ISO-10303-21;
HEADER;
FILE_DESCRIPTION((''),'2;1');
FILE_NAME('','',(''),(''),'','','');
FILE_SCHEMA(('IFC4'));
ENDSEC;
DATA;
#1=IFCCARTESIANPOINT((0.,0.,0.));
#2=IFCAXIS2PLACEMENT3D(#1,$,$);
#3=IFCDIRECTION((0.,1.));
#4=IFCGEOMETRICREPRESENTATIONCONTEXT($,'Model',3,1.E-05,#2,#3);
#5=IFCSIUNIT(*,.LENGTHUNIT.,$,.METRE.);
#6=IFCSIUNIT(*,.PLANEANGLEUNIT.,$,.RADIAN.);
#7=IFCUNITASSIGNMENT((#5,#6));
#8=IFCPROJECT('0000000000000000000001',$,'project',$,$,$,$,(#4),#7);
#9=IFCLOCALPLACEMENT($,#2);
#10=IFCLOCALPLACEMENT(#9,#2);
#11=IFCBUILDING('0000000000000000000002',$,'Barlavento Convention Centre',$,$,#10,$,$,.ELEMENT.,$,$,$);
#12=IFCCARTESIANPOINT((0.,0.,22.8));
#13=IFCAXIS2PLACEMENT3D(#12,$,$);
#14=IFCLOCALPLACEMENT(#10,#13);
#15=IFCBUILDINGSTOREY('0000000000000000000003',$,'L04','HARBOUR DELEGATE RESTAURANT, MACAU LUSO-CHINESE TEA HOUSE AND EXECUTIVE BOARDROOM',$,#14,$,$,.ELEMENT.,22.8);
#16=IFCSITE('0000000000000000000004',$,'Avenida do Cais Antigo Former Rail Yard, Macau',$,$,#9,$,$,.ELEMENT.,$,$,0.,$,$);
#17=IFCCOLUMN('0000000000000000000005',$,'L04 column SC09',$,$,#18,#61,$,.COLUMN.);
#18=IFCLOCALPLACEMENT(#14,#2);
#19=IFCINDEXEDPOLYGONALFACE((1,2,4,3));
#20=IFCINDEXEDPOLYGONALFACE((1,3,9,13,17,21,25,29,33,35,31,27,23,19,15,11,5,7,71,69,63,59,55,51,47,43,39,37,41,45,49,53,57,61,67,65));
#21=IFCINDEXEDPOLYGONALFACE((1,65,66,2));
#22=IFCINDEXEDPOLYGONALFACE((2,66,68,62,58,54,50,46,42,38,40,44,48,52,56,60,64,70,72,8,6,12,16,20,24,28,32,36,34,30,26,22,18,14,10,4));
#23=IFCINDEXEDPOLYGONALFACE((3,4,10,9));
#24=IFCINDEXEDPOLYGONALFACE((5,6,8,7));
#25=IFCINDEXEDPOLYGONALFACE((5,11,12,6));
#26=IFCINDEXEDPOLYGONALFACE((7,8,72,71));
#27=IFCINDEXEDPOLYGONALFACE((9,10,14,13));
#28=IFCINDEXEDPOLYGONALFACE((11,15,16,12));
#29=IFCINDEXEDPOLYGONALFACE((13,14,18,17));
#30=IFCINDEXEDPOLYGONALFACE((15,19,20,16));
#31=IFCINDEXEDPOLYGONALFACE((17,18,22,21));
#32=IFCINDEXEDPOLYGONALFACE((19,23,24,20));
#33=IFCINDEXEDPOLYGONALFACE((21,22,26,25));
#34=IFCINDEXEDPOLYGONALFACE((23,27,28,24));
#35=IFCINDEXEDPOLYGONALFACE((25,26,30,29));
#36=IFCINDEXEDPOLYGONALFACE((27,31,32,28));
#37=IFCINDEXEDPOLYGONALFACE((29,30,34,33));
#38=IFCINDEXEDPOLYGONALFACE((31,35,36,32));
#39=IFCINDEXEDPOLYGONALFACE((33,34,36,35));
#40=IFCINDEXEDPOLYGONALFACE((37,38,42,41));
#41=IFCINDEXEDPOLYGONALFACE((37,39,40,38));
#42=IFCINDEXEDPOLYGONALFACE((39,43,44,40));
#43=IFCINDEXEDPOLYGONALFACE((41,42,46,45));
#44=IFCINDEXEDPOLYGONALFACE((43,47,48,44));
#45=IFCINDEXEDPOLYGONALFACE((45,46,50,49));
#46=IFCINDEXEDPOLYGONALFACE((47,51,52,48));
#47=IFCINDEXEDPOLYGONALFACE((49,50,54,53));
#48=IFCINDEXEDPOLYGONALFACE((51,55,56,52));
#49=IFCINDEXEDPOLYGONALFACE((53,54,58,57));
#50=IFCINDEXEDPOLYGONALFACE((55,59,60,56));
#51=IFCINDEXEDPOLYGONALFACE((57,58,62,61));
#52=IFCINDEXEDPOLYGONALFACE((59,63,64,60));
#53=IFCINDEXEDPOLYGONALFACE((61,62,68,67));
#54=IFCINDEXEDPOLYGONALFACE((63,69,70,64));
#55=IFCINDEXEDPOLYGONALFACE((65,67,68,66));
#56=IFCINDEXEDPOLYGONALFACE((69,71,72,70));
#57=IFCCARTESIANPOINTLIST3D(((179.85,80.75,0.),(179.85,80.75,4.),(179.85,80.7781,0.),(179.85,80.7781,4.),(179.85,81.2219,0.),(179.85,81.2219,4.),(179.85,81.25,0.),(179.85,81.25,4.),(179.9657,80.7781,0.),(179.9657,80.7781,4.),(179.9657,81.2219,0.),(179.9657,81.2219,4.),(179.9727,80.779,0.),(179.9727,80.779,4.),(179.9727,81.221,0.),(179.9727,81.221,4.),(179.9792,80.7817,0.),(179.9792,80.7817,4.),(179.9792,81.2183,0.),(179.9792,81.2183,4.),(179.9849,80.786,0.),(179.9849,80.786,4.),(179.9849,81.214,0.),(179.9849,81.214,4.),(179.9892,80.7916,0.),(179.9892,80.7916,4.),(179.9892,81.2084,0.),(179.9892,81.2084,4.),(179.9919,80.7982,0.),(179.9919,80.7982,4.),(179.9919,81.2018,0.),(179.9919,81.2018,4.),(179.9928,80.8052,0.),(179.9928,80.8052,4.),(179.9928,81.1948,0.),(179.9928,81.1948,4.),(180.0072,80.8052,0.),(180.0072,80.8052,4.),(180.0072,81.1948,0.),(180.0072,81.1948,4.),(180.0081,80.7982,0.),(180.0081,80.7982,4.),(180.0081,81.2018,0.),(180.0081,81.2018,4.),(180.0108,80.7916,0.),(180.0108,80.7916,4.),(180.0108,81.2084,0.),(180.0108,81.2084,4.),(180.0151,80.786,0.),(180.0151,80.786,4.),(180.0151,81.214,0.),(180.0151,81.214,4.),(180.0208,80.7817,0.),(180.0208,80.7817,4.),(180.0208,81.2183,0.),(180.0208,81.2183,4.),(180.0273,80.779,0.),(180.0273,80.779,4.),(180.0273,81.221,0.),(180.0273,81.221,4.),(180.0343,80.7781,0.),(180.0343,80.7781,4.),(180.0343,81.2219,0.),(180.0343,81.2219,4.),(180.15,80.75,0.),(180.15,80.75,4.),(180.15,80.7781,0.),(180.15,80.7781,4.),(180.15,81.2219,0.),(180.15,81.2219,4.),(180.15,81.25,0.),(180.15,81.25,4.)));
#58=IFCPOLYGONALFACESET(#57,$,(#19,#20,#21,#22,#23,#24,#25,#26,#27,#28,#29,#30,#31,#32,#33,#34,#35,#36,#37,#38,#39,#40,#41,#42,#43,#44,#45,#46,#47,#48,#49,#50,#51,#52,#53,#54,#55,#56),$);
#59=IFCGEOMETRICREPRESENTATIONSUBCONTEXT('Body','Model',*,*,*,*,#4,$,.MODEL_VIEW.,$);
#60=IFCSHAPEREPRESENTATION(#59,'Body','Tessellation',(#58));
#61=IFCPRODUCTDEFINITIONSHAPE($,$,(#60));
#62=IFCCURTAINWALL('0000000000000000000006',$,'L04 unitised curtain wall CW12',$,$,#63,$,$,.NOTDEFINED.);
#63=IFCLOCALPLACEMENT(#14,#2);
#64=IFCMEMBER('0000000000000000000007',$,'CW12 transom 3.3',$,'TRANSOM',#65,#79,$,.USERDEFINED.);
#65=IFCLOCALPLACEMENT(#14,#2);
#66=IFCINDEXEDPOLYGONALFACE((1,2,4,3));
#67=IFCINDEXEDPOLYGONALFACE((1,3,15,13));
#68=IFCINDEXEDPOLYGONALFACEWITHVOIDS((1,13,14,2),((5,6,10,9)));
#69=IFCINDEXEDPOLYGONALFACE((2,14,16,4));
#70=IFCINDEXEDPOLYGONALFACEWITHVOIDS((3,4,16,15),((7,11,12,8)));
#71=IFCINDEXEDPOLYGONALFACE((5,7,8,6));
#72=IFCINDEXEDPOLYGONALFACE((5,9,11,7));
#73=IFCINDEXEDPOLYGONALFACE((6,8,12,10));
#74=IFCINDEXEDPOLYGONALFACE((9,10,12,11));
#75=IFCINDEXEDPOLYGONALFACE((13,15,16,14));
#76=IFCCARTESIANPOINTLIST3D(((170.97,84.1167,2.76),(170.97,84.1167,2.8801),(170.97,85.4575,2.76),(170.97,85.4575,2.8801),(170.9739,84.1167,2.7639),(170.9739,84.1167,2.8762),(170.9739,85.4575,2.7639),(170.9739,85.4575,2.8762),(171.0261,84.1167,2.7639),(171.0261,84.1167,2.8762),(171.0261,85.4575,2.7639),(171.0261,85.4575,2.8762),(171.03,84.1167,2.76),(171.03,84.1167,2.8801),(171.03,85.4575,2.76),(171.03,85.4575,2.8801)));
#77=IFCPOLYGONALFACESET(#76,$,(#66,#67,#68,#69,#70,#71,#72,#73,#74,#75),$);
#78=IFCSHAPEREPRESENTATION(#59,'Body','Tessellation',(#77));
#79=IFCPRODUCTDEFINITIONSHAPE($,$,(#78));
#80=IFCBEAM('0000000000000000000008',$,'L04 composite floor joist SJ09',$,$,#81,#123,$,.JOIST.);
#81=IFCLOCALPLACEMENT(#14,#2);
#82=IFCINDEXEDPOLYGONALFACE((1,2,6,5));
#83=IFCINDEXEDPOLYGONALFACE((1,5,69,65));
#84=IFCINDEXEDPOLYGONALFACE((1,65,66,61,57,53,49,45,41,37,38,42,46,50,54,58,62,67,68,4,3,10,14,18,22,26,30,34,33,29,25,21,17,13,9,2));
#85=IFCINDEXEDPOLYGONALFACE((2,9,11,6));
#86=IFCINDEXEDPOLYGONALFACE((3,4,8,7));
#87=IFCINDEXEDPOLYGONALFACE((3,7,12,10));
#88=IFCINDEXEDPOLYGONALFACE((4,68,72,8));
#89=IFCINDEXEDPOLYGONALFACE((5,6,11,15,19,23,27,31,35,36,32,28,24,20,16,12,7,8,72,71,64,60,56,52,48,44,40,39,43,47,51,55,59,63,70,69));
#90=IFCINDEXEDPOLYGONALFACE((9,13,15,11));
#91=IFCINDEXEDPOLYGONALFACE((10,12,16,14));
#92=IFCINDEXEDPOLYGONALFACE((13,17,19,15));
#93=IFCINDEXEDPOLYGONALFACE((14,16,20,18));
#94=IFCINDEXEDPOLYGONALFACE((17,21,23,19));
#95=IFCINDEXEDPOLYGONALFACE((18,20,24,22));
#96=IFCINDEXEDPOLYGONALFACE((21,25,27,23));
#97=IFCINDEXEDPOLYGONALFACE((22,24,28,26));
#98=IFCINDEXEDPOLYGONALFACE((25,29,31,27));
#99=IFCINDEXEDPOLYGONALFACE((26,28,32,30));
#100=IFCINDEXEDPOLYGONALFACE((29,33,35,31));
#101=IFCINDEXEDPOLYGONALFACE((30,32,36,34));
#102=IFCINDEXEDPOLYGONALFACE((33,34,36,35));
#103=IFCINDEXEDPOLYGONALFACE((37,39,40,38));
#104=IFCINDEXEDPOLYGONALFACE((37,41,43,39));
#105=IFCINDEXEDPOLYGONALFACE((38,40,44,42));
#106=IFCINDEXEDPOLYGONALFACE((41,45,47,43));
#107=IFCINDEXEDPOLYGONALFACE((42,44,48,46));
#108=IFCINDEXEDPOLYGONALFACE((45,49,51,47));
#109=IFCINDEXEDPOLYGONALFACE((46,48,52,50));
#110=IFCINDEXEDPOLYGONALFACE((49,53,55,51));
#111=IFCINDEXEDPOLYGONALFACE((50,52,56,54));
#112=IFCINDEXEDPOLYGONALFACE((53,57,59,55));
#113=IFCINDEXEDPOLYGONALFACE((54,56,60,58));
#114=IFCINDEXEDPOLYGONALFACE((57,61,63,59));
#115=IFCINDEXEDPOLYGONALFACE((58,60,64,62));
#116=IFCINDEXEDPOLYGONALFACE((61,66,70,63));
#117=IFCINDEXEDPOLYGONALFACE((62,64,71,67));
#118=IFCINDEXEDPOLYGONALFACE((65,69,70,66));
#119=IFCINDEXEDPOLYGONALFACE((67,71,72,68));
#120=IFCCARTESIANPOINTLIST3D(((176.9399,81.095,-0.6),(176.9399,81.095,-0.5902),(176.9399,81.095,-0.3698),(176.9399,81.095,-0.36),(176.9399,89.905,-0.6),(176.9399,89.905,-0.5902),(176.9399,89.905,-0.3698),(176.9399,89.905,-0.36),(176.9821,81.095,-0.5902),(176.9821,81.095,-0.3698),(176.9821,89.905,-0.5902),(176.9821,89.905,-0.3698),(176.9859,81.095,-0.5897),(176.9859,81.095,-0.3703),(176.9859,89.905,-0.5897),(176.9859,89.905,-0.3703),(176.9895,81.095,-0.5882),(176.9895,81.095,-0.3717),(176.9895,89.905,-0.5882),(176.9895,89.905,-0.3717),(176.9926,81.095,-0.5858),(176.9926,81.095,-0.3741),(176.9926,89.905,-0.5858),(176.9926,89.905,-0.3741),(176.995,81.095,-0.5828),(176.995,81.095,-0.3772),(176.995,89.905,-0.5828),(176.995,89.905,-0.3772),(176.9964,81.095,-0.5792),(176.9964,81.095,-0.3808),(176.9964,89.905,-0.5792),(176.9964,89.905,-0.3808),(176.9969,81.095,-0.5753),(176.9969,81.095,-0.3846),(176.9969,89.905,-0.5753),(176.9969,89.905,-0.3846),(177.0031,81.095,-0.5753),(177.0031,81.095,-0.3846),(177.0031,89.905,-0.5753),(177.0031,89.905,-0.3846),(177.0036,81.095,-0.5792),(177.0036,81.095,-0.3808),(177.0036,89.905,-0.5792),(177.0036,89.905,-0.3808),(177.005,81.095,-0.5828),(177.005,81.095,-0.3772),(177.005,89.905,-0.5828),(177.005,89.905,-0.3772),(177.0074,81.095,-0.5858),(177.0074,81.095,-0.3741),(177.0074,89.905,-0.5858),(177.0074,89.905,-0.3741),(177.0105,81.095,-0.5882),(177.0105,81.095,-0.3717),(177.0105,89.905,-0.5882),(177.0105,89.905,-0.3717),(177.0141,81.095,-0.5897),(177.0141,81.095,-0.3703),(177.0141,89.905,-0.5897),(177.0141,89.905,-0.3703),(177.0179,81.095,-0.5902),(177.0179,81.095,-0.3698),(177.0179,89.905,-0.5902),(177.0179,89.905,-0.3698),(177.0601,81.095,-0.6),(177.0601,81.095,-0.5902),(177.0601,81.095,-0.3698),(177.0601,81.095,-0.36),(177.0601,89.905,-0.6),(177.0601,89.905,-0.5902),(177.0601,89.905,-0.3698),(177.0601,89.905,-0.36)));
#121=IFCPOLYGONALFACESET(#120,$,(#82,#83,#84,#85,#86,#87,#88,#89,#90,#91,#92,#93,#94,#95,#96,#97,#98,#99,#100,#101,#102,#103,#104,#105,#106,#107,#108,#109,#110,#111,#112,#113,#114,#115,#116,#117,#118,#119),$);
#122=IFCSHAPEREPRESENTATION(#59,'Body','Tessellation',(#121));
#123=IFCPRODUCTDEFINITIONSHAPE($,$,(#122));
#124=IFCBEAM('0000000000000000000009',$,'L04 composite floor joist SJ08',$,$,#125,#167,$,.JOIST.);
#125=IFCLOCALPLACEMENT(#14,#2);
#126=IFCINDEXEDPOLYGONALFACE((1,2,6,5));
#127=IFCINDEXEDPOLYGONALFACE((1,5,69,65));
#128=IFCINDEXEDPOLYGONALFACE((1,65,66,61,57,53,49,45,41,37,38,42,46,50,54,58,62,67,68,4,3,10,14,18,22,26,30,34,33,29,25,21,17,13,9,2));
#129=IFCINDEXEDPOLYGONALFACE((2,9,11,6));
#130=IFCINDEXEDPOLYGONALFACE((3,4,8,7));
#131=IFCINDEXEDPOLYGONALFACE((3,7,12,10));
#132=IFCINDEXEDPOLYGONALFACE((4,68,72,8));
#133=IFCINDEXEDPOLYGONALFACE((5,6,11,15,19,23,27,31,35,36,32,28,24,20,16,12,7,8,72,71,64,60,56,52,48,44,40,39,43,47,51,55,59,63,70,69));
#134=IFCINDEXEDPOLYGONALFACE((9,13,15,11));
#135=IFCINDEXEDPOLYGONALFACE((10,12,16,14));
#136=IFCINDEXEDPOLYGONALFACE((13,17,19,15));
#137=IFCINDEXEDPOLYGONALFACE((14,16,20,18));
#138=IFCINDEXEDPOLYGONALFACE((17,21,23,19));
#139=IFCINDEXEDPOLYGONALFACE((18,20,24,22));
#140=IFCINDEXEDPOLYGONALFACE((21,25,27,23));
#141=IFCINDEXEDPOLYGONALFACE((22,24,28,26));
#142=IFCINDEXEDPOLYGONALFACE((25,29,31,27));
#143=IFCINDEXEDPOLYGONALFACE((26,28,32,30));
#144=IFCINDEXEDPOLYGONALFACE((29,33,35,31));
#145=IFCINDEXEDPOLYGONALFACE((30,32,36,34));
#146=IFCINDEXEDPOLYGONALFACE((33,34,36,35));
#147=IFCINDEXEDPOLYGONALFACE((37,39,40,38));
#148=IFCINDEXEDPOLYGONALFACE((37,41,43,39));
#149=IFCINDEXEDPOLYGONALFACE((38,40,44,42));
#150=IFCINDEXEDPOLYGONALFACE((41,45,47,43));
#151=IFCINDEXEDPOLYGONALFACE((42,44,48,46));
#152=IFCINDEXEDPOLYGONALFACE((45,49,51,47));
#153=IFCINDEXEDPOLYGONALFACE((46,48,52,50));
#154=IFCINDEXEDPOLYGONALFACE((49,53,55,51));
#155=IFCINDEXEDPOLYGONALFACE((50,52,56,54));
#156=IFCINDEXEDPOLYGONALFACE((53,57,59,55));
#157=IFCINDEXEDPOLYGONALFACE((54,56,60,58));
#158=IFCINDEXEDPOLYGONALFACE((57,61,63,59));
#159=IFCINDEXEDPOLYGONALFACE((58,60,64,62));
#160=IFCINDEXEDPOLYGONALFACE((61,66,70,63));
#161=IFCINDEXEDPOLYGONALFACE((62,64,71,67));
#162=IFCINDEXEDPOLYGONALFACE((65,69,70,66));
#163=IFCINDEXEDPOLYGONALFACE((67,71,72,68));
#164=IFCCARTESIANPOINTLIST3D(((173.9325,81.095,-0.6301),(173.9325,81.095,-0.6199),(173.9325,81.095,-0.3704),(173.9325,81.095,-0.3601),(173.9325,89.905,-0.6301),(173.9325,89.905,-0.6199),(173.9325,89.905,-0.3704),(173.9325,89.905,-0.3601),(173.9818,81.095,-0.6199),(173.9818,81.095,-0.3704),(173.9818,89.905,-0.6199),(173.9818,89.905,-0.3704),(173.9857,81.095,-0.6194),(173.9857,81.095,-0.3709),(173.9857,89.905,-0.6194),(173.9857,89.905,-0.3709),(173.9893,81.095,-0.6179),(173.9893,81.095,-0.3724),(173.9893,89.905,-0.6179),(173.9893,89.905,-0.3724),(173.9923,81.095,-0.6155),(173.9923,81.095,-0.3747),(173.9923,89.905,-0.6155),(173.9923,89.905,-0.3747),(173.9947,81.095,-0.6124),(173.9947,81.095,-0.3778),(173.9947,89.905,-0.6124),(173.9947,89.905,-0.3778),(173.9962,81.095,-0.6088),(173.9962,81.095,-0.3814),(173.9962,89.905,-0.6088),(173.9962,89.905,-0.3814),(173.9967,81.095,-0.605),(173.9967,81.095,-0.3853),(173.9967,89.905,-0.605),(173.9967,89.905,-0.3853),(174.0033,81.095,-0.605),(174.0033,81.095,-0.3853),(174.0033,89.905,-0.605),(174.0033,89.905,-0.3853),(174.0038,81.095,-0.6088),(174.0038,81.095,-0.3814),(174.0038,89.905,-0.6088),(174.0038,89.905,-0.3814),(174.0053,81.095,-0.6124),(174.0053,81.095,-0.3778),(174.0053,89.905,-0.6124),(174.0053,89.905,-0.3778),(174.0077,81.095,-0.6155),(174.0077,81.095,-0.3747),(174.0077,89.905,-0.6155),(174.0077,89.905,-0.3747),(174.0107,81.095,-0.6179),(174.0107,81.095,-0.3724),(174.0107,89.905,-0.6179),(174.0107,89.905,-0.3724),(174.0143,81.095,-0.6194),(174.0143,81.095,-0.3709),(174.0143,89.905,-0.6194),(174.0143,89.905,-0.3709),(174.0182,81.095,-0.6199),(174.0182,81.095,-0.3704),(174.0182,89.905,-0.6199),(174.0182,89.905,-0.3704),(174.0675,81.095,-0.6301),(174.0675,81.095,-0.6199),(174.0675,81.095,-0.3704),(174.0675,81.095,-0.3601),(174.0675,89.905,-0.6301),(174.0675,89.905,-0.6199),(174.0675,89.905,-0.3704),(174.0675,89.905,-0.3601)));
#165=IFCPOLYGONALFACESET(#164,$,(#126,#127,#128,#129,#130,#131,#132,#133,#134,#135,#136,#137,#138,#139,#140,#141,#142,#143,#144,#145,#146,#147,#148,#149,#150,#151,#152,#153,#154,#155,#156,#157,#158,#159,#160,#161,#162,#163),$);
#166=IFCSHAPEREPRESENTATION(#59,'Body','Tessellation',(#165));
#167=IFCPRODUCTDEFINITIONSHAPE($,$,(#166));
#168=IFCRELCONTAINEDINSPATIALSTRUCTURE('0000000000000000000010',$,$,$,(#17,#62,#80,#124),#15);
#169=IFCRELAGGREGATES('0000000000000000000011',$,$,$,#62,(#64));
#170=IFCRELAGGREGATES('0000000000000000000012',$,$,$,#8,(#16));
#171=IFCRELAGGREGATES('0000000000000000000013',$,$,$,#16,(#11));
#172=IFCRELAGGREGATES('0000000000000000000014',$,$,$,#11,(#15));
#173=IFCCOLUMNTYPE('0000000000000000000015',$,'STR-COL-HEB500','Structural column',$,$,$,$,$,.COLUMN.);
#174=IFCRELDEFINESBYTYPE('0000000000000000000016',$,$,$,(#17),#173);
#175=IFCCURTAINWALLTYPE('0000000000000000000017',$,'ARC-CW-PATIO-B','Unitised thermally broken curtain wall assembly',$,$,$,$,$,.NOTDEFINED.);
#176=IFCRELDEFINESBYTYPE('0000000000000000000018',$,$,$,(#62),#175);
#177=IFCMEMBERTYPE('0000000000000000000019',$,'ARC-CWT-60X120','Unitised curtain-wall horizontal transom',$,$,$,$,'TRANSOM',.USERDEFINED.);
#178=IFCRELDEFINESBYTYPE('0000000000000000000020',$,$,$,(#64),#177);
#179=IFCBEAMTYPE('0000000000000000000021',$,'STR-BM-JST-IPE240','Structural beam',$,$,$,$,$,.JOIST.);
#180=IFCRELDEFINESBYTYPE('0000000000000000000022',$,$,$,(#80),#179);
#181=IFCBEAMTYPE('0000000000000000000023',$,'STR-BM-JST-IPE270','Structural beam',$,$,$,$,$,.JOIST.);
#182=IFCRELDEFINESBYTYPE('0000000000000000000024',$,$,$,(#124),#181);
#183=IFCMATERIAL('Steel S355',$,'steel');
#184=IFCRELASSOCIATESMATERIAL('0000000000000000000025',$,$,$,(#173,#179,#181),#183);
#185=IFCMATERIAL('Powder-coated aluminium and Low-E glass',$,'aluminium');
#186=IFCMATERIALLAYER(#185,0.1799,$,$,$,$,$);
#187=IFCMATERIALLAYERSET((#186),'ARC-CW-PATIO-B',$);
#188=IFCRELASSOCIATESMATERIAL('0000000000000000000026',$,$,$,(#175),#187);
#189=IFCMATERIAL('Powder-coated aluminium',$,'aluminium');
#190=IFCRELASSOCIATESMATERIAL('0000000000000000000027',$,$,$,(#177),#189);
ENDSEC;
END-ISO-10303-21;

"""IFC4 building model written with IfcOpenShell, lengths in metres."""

from ifc_helpers import new_model, si_unit, direction, frame, origin, origin_2d, place, context, subcontext, project, spatial, hollow_rectangle, i_section, extrude, material, layer, layer_set, material_profile, profile_set, type_object, element, aggregate, save


model = new_model("IFC4")

# Units and contexts
model_context = context("Model", 3, precision=1e-05, world=origin(), true_north=direction((0.0, 1.0)))
body_context = subcontext(model_context, "Body", "Model", "MODEL_VIEW")
ifc_project = project(units=[si_unit("LENGTHUNIT", "METRE"), si_unit("PLANEANGLEUNIT", "RADIAN")], contexts=[model_context])

# Site, building, storey
site_placement = place(None, origin())
site = spatial("IfcSite", under=ifc_project, at=site_placement, Name="Avenida do Cais Antigo Former Rail Yard, Macau", CompositionType="ELEMENT", RefElevation=0.0)
building_placement = place(site_placement, origin())
building = spatial("IfcBuilding", under=site, at=building_placement, Name="Barlavento Convention Centre", CompositionType="ELEMENT")
storey_placement = place(building_placement, frame((0.0, 0.0, 22.8)))
storey = spatial("IfcBuildingStorey", under=building, at=storey_placement, Name="L04", Description="HARBOUR DELEGATE RESTAURANT, MACAU LUSO-CHINESE TEA HOUSE AND EXECUTIVE BOARDROOM", CompositionType="ELEMENT", Elevation=22.8)

# Column
ifc_material_1 = material(Name="Steel S355", Category="steel")
ifc_material_profile_1 = material_profile(ifc_material_1, i_section(OverallWidth=0.3, OverallDepth=0.5, WebThickness=0.0144, FlangeThickness=0.0281, FilletRadius=0.0271, at=origin_2d()), Name="HEB 500")
ifc_profile_set_1 = profile_set([ifc_material_profile_1], Name="Steel S355")
column_type = type_object("IfcColumnType", Name="STR-COL-HEB500", Description="Structural column", PredefinedType="COLUMN", material=ifc_profile_set_1)
column_placement = place(storey_placement, frame((180.0, 81.0, 0.0), z_axis=(0.0, 0.0, 1.0), x_axis=(1.0, 0.0, 0.0)))
element("IfcColumn", 1, at=column_placement, inside=storey, type_object=column_type, Name="L04 column SC09", PredefinedType="COLUMN", context=body_context, shape_type="SweptSolid", body=[
    extrude(i_section(OverallWidth=0.3, OverallDepth=0.5, WebThickness=0.0144, FlangeThickness=0.0281, FilletRadius=0.0271, at=origin_2d()), origin(), (0.0, 0.0, 1.0), 4.0),
])

# Curtain wall, member
ifc_material_2 = material(Name="Powder-coated aluminium and Low-E glass", Category="aluminium")
ifc_layer_1 = layer(ifc_material_2, 0.1799)
ifc_layer_set_1 = layer_set([ifc_layer_1], Name="ARC-CW-PATIO-B")
curtain_wall_type = type_object("IfcCurtainWallType", Name="ARC-CW-PATIO-B", Description="Unitised thermally broken curtain wall assembly", PredefinedType="NOTDEFINED", material=ifc_layer_set_1)
curtain_wall_placement = place(storey_placement, origin())
curtain_wall = element("IfcCurtainWall", 2, at=curtain_wall_placement, inside=storey, type_object=curtain_wall_type, Name="L04 unitised curtain wall CW12", PredefinedType="NOTDEFINED")
ifc_material_3 = material(Name="Powder-coated aluminium", Category="aluminium")
ifc_material_profile_2 = material_profile(ifc_material_3, hollow_rectangle(XDim=0.0601, YDim=0.1201, WallThickness=0.0039, at=origin_2d()), Name="AL-TRAN 60x120x4")
ifc_profile_set_2 = profile_set([ifc_material_profile_2], Name="Powder-coated aluminium")
member_type = type_object("IfcMemberType", Name="ARC-CWT-60X120", Description="Unitised curtain-wall horizontal transom", ElementType="TRANSOM", PredefinedType="USERDEFINED", material=ifc_profile_set_2)
member_placement = place(storey_placement, frame((171.0, 84.1167, 2.8201), z_axis=(0.0, 1.0, 0.0), x_axis=(-1.0, 0.0, 0.0)))
member = element("IfcMember", 3, at=member_placement, type_object=member_type, Name="CW12 transom 3.3", ObjectType="TRANSOM", PredefinedType="USERDEFINED", context=body_context, shape_type="SweptSolid", body=[
    extrude(hollow_rectangle(XDim=0.0601, YDim=0.1201, WallThickness=0.0039, at=origin_2d()), origin(), (0.0, 0.0, 1.0), 1.3408),
])

# Beams
ifc_material_profile_3 = material_profile(ifc_material_1, i_section(OverallWidth=0.1201, OverallDepth=0.24, WebThickness=0.0061, FlangeThickness=0.0098, FilletRadius=0.0149, at=origin_2d()), Name="IPE 240")
ifc_profile_set_3 = profile_set([ifc_material_profile_3], Name="Steel S355")
beam_type_1 = type_object("IfcBeamType", Name="STR-BM-JST-IPE240", Description="Structural beam", PredefinedType="JOIST", material=ifc_profile_set_3)
beam_1_placement = place(storey_placement, frame((177.0, 81.095, -0.48), z_axis=(0.0, 1.0, 0.0), x_axis=(-1.0, 0.0, 0.0)))
element("IfcBeam", 4, at=beam_1_placement, inside=storey, type_object=beam_type_1, Name="L04 composite floor joist SJ09", PredefinedType="JOIST", context=body_context, shape_type="SweptSolid", body=[
    extrude(i_section(OverallWidth=0.1201, OverallDepth=0.24, WebThickness=0.0061, FlangeThickness=0.0098, FilletRadius=0.0149, at=origin_2d()), origin(), (0.0, 0.0, 1.0), 8.8101),
])
ifc_material_profile_4 = material_profile(ifc_material_1, i_section(OverallWidth=0.135, OverallDepth=0.27, WebThickness=0.0066, FlangeThickness=0.0103, FilletRadius=0.0149, at=origin_2d()), Name="IPE 270")
ifc_profile_set_4 = profile_set([ifc_material_profile_4], Name="Steel S355")
beam_type_2 = type_object("IfcBeamType", Name="STR-BM-JST-IPE270", Description="Structural beam", PredefinedType="JOIST", material=ifc_profile_set_4)
beam_2_placement = place(storey_placement, frame((174.0, 81.095, -0.4951), z_axis=(0.0, 1.0, 0.0), x_axis=(-1.0, 0.0, 0.0)))
element("IfcBeam", 5, at=beam_2_placement, inside=storey, type_object=beam_type_2, Name="L04 composite floor joist SJ08", PredefinedType="JOIST", context=body_context, shape_type="SweptSolid", body=[
    extrude(i_section(OverallWidth=0.135, OverallDepth=0.27, WebThickness=0.0066, FlangeThickness=0.0103, FilletRadius=0.0149, at=origin_2d()), origin(), (0.0, 0.0, 1.0), 8.8101),
])

aggregate(curtain_wall, [member])

save(model, "model.ifc")
